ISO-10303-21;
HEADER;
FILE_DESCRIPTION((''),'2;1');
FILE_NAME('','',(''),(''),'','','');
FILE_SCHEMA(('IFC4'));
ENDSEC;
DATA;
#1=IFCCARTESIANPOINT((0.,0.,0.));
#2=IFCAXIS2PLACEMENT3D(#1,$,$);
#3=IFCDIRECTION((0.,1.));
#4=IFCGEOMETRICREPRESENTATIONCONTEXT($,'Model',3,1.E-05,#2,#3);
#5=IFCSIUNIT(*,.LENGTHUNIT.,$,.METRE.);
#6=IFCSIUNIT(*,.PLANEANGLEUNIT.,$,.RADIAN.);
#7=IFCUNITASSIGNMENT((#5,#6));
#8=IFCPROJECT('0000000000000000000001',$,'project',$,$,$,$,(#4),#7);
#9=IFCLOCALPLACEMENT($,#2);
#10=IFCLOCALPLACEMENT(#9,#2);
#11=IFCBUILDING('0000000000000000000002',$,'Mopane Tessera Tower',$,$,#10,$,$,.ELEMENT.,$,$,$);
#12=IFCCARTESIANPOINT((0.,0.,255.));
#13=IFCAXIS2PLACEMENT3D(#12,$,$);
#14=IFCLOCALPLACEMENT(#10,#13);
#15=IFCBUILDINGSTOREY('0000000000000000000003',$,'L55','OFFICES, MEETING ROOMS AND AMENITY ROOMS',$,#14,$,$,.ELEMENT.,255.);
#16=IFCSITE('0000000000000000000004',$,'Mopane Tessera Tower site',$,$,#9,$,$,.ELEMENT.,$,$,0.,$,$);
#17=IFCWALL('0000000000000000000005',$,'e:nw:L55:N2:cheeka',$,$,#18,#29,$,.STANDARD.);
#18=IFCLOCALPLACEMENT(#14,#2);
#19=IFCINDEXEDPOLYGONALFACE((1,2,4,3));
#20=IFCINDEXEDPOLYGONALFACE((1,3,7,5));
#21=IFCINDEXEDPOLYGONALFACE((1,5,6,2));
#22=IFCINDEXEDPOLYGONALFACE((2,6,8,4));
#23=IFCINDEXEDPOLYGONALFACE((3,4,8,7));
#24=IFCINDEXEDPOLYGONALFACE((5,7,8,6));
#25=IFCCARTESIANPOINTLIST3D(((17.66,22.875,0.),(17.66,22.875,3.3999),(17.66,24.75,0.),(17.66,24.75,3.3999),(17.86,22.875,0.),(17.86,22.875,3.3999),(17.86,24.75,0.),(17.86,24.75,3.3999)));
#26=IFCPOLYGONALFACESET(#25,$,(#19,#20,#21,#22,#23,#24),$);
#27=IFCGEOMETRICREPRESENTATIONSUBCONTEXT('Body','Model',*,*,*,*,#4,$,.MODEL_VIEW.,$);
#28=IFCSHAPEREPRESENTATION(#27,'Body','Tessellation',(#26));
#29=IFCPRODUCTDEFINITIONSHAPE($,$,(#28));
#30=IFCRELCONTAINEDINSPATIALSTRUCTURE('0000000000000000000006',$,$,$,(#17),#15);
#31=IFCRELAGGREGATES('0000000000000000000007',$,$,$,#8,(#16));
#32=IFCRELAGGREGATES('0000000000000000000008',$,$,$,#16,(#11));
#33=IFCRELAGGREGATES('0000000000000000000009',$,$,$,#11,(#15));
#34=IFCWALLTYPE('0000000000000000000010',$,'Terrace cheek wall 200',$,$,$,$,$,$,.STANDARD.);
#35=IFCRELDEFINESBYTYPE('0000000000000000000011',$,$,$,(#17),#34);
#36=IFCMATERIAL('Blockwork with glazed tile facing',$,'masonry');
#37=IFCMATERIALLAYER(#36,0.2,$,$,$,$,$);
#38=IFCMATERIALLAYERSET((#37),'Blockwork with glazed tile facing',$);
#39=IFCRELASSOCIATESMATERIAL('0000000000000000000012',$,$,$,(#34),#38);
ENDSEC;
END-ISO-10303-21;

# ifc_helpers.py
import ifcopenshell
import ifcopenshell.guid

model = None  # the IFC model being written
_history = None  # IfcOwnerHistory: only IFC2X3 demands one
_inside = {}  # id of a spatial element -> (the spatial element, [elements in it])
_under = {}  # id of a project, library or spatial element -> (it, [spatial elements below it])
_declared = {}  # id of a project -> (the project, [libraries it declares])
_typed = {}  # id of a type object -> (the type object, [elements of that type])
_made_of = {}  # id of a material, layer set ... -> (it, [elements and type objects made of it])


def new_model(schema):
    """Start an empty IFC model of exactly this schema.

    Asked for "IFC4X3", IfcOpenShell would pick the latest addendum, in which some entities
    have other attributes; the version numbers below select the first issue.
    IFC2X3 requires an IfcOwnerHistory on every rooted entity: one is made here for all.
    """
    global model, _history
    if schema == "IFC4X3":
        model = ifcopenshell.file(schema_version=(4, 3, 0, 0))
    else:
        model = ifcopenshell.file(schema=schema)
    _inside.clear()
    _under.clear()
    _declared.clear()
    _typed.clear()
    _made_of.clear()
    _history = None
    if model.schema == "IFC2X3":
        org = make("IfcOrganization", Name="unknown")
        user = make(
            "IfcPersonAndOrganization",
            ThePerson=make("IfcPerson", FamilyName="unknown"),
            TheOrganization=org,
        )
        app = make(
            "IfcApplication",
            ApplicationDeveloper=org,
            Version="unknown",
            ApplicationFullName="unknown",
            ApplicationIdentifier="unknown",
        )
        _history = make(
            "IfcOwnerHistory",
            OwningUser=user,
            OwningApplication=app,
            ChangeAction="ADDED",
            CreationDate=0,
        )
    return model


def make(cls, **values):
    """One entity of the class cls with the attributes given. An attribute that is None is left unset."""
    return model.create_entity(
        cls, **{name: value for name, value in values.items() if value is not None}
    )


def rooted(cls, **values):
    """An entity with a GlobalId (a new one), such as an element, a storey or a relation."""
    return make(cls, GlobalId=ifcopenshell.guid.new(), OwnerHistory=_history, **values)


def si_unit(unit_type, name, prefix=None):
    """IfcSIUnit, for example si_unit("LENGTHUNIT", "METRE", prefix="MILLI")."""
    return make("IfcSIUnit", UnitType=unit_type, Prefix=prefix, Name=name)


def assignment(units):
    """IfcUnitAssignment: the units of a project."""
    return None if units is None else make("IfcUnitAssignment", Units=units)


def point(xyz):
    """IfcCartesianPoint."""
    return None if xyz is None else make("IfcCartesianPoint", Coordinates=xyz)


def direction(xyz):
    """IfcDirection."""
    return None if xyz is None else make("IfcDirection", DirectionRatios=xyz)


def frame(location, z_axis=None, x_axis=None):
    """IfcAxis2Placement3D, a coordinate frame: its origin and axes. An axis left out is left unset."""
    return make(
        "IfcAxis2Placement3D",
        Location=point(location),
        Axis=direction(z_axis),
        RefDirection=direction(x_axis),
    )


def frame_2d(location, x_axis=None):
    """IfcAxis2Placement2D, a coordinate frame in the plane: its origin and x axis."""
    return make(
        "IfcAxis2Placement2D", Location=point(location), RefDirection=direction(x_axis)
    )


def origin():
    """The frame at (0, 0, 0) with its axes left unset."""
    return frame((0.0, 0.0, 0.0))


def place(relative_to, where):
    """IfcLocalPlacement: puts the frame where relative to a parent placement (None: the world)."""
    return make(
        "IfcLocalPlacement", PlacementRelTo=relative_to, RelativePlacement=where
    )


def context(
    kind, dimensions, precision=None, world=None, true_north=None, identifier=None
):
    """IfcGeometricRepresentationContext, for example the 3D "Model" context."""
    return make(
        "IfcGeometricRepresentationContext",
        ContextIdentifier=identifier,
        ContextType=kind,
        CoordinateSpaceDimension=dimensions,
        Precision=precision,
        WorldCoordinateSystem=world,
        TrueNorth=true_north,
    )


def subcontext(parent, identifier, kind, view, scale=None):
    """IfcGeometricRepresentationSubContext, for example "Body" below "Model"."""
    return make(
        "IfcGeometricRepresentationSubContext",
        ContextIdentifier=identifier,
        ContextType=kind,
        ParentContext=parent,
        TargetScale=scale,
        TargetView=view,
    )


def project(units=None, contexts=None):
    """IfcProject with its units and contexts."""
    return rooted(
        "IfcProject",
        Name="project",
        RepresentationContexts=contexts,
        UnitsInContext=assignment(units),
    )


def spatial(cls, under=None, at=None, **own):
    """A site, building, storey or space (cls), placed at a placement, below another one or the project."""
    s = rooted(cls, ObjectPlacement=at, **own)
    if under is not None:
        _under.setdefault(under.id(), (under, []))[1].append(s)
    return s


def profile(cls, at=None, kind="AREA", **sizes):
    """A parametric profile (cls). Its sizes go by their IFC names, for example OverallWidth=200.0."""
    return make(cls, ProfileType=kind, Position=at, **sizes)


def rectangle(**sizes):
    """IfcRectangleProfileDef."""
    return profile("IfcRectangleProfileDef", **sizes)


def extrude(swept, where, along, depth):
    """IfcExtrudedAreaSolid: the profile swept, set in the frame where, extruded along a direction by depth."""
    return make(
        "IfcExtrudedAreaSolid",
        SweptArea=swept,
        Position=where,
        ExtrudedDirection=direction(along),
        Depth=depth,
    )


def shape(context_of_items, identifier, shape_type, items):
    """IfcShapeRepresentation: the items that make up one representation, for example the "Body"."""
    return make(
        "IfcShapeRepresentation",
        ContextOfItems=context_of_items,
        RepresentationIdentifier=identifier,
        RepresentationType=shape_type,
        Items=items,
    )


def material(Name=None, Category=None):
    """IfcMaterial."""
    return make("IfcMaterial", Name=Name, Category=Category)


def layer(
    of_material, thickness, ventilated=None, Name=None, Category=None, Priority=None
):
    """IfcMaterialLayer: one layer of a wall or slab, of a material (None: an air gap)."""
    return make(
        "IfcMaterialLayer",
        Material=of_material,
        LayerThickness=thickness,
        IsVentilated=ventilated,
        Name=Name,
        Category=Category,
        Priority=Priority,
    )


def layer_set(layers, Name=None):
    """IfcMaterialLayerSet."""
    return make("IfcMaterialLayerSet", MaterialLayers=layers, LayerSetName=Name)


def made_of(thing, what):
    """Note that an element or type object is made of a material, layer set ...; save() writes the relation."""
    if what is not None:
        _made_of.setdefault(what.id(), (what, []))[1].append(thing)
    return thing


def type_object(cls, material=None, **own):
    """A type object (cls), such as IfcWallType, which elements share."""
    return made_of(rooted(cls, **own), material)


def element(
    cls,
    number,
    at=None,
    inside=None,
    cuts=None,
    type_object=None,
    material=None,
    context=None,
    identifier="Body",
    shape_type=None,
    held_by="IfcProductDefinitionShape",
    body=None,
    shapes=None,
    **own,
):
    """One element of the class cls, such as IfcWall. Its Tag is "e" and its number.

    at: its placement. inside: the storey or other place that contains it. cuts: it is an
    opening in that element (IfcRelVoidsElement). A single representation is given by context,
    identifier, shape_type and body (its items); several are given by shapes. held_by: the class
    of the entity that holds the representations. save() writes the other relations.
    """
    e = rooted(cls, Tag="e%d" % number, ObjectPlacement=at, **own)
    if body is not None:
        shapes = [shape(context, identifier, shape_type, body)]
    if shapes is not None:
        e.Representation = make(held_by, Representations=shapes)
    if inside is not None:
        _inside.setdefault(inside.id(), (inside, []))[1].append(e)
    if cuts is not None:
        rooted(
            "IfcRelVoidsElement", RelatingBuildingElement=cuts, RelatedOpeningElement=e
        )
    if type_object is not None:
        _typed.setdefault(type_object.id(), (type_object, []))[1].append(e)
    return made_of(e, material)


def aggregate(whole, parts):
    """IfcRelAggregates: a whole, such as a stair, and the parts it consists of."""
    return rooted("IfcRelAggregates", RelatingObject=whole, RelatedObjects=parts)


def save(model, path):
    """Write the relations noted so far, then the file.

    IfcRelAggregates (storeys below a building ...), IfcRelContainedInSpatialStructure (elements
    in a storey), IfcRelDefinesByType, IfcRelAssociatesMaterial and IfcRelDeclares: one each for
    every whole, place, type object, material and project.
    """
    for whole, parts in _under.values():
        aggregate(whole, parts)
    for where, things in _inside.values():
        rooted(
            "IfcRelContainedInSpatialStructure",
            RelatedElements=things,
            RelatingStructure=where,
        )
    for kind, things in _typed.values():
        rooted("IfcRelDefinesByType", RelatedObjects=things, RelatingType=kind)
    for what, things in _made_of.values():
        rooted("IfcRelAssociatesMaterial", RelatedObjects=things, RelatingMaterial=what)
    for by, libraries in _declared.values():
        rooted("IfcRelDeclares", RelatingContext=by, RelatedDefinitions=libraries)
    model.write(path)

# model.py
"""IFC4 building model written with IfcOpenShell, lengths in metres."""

from ifc_helpers import new_model, si_unit, direction, frame, frame_2d, origin, place, context, subcontext, project, spatial, rectangle, extrude, material, layer, layer_set, type_object, element, save


model = new_model("IFC4")

# Units and contexts
model_context = context("Model", 3, precision=1e-05, world=origin(), true_north=direction((0.0, 1.0)))
body_context = subcontext(model_context, "Body", "Model", "MODEL_VIEW")
ifc_project = project(units=[si_unit("LENGTHUNIT", "METRE"), si_unit("PLANEANGLEUNIT", "RADIAN")], contexts=[model_context])

# Site, building, storey
site_placement = place(None, origin())
site = spatial("IfcSite", under=ifc_project, at=site_placement, Name="Mopane Tessera Tower site", CompositionType="ELEMENT", RefElevation=0.0)
building_placement = place(site_placement, origin())
building = spatial("IfcBuilding", under=site, at=building_placement, Name="Mopane Tessera Tower", CompositionType="ELEMENT")
storey_placement = place(building_placement, frame((0.0, 0.0, 255.0)))
storey = spatial("IfcBuildingStorey", under=building, at=storey_placement, Name="L55", Description="OFFICES, MEETING ROOMS AND AMENITY ROOMS", CompositionType="ELEMENT", Elevation=255.0)

# Wall
ifc_material_1 = material(Name="Blockwork with glazed tile facing", Category="masonry")
ifc_layer_1 = layer(ifc_material_1, 0.2)
ifc_layer_set_1 = layer_set([ifc_layer_1], Name="Blockwork with glazed tile facing")
wall_type_1 = type_object("IfcWallType", Name="Terrace cheek wall 200", PredefinedType="STANDARD", material=ifc_layer_set_1)
wall_1_placement = place(storey_placement, frame((17.76, 24.75, 0.0), z_axis=(0.0, 0.0, 1.0), x_axis=(0.0, -1.0, 0.0)))
element("IfcWall", 1, at=wall_1_placement, inside=storey, type_object=wall_type_1, Name="e:nw:L55:N2:cheeka", PredefinedType="STANDARD", context=body_context, shape_type="SweptSolid", body=[
    extrude(rectangle(XDim=1.875, YDim=0.2, at=frame_2d((0.9375, 0.0))), origin(), (0.0, 0.0, 1.0), 3.3999),
])

save(model, "model.ifc")
